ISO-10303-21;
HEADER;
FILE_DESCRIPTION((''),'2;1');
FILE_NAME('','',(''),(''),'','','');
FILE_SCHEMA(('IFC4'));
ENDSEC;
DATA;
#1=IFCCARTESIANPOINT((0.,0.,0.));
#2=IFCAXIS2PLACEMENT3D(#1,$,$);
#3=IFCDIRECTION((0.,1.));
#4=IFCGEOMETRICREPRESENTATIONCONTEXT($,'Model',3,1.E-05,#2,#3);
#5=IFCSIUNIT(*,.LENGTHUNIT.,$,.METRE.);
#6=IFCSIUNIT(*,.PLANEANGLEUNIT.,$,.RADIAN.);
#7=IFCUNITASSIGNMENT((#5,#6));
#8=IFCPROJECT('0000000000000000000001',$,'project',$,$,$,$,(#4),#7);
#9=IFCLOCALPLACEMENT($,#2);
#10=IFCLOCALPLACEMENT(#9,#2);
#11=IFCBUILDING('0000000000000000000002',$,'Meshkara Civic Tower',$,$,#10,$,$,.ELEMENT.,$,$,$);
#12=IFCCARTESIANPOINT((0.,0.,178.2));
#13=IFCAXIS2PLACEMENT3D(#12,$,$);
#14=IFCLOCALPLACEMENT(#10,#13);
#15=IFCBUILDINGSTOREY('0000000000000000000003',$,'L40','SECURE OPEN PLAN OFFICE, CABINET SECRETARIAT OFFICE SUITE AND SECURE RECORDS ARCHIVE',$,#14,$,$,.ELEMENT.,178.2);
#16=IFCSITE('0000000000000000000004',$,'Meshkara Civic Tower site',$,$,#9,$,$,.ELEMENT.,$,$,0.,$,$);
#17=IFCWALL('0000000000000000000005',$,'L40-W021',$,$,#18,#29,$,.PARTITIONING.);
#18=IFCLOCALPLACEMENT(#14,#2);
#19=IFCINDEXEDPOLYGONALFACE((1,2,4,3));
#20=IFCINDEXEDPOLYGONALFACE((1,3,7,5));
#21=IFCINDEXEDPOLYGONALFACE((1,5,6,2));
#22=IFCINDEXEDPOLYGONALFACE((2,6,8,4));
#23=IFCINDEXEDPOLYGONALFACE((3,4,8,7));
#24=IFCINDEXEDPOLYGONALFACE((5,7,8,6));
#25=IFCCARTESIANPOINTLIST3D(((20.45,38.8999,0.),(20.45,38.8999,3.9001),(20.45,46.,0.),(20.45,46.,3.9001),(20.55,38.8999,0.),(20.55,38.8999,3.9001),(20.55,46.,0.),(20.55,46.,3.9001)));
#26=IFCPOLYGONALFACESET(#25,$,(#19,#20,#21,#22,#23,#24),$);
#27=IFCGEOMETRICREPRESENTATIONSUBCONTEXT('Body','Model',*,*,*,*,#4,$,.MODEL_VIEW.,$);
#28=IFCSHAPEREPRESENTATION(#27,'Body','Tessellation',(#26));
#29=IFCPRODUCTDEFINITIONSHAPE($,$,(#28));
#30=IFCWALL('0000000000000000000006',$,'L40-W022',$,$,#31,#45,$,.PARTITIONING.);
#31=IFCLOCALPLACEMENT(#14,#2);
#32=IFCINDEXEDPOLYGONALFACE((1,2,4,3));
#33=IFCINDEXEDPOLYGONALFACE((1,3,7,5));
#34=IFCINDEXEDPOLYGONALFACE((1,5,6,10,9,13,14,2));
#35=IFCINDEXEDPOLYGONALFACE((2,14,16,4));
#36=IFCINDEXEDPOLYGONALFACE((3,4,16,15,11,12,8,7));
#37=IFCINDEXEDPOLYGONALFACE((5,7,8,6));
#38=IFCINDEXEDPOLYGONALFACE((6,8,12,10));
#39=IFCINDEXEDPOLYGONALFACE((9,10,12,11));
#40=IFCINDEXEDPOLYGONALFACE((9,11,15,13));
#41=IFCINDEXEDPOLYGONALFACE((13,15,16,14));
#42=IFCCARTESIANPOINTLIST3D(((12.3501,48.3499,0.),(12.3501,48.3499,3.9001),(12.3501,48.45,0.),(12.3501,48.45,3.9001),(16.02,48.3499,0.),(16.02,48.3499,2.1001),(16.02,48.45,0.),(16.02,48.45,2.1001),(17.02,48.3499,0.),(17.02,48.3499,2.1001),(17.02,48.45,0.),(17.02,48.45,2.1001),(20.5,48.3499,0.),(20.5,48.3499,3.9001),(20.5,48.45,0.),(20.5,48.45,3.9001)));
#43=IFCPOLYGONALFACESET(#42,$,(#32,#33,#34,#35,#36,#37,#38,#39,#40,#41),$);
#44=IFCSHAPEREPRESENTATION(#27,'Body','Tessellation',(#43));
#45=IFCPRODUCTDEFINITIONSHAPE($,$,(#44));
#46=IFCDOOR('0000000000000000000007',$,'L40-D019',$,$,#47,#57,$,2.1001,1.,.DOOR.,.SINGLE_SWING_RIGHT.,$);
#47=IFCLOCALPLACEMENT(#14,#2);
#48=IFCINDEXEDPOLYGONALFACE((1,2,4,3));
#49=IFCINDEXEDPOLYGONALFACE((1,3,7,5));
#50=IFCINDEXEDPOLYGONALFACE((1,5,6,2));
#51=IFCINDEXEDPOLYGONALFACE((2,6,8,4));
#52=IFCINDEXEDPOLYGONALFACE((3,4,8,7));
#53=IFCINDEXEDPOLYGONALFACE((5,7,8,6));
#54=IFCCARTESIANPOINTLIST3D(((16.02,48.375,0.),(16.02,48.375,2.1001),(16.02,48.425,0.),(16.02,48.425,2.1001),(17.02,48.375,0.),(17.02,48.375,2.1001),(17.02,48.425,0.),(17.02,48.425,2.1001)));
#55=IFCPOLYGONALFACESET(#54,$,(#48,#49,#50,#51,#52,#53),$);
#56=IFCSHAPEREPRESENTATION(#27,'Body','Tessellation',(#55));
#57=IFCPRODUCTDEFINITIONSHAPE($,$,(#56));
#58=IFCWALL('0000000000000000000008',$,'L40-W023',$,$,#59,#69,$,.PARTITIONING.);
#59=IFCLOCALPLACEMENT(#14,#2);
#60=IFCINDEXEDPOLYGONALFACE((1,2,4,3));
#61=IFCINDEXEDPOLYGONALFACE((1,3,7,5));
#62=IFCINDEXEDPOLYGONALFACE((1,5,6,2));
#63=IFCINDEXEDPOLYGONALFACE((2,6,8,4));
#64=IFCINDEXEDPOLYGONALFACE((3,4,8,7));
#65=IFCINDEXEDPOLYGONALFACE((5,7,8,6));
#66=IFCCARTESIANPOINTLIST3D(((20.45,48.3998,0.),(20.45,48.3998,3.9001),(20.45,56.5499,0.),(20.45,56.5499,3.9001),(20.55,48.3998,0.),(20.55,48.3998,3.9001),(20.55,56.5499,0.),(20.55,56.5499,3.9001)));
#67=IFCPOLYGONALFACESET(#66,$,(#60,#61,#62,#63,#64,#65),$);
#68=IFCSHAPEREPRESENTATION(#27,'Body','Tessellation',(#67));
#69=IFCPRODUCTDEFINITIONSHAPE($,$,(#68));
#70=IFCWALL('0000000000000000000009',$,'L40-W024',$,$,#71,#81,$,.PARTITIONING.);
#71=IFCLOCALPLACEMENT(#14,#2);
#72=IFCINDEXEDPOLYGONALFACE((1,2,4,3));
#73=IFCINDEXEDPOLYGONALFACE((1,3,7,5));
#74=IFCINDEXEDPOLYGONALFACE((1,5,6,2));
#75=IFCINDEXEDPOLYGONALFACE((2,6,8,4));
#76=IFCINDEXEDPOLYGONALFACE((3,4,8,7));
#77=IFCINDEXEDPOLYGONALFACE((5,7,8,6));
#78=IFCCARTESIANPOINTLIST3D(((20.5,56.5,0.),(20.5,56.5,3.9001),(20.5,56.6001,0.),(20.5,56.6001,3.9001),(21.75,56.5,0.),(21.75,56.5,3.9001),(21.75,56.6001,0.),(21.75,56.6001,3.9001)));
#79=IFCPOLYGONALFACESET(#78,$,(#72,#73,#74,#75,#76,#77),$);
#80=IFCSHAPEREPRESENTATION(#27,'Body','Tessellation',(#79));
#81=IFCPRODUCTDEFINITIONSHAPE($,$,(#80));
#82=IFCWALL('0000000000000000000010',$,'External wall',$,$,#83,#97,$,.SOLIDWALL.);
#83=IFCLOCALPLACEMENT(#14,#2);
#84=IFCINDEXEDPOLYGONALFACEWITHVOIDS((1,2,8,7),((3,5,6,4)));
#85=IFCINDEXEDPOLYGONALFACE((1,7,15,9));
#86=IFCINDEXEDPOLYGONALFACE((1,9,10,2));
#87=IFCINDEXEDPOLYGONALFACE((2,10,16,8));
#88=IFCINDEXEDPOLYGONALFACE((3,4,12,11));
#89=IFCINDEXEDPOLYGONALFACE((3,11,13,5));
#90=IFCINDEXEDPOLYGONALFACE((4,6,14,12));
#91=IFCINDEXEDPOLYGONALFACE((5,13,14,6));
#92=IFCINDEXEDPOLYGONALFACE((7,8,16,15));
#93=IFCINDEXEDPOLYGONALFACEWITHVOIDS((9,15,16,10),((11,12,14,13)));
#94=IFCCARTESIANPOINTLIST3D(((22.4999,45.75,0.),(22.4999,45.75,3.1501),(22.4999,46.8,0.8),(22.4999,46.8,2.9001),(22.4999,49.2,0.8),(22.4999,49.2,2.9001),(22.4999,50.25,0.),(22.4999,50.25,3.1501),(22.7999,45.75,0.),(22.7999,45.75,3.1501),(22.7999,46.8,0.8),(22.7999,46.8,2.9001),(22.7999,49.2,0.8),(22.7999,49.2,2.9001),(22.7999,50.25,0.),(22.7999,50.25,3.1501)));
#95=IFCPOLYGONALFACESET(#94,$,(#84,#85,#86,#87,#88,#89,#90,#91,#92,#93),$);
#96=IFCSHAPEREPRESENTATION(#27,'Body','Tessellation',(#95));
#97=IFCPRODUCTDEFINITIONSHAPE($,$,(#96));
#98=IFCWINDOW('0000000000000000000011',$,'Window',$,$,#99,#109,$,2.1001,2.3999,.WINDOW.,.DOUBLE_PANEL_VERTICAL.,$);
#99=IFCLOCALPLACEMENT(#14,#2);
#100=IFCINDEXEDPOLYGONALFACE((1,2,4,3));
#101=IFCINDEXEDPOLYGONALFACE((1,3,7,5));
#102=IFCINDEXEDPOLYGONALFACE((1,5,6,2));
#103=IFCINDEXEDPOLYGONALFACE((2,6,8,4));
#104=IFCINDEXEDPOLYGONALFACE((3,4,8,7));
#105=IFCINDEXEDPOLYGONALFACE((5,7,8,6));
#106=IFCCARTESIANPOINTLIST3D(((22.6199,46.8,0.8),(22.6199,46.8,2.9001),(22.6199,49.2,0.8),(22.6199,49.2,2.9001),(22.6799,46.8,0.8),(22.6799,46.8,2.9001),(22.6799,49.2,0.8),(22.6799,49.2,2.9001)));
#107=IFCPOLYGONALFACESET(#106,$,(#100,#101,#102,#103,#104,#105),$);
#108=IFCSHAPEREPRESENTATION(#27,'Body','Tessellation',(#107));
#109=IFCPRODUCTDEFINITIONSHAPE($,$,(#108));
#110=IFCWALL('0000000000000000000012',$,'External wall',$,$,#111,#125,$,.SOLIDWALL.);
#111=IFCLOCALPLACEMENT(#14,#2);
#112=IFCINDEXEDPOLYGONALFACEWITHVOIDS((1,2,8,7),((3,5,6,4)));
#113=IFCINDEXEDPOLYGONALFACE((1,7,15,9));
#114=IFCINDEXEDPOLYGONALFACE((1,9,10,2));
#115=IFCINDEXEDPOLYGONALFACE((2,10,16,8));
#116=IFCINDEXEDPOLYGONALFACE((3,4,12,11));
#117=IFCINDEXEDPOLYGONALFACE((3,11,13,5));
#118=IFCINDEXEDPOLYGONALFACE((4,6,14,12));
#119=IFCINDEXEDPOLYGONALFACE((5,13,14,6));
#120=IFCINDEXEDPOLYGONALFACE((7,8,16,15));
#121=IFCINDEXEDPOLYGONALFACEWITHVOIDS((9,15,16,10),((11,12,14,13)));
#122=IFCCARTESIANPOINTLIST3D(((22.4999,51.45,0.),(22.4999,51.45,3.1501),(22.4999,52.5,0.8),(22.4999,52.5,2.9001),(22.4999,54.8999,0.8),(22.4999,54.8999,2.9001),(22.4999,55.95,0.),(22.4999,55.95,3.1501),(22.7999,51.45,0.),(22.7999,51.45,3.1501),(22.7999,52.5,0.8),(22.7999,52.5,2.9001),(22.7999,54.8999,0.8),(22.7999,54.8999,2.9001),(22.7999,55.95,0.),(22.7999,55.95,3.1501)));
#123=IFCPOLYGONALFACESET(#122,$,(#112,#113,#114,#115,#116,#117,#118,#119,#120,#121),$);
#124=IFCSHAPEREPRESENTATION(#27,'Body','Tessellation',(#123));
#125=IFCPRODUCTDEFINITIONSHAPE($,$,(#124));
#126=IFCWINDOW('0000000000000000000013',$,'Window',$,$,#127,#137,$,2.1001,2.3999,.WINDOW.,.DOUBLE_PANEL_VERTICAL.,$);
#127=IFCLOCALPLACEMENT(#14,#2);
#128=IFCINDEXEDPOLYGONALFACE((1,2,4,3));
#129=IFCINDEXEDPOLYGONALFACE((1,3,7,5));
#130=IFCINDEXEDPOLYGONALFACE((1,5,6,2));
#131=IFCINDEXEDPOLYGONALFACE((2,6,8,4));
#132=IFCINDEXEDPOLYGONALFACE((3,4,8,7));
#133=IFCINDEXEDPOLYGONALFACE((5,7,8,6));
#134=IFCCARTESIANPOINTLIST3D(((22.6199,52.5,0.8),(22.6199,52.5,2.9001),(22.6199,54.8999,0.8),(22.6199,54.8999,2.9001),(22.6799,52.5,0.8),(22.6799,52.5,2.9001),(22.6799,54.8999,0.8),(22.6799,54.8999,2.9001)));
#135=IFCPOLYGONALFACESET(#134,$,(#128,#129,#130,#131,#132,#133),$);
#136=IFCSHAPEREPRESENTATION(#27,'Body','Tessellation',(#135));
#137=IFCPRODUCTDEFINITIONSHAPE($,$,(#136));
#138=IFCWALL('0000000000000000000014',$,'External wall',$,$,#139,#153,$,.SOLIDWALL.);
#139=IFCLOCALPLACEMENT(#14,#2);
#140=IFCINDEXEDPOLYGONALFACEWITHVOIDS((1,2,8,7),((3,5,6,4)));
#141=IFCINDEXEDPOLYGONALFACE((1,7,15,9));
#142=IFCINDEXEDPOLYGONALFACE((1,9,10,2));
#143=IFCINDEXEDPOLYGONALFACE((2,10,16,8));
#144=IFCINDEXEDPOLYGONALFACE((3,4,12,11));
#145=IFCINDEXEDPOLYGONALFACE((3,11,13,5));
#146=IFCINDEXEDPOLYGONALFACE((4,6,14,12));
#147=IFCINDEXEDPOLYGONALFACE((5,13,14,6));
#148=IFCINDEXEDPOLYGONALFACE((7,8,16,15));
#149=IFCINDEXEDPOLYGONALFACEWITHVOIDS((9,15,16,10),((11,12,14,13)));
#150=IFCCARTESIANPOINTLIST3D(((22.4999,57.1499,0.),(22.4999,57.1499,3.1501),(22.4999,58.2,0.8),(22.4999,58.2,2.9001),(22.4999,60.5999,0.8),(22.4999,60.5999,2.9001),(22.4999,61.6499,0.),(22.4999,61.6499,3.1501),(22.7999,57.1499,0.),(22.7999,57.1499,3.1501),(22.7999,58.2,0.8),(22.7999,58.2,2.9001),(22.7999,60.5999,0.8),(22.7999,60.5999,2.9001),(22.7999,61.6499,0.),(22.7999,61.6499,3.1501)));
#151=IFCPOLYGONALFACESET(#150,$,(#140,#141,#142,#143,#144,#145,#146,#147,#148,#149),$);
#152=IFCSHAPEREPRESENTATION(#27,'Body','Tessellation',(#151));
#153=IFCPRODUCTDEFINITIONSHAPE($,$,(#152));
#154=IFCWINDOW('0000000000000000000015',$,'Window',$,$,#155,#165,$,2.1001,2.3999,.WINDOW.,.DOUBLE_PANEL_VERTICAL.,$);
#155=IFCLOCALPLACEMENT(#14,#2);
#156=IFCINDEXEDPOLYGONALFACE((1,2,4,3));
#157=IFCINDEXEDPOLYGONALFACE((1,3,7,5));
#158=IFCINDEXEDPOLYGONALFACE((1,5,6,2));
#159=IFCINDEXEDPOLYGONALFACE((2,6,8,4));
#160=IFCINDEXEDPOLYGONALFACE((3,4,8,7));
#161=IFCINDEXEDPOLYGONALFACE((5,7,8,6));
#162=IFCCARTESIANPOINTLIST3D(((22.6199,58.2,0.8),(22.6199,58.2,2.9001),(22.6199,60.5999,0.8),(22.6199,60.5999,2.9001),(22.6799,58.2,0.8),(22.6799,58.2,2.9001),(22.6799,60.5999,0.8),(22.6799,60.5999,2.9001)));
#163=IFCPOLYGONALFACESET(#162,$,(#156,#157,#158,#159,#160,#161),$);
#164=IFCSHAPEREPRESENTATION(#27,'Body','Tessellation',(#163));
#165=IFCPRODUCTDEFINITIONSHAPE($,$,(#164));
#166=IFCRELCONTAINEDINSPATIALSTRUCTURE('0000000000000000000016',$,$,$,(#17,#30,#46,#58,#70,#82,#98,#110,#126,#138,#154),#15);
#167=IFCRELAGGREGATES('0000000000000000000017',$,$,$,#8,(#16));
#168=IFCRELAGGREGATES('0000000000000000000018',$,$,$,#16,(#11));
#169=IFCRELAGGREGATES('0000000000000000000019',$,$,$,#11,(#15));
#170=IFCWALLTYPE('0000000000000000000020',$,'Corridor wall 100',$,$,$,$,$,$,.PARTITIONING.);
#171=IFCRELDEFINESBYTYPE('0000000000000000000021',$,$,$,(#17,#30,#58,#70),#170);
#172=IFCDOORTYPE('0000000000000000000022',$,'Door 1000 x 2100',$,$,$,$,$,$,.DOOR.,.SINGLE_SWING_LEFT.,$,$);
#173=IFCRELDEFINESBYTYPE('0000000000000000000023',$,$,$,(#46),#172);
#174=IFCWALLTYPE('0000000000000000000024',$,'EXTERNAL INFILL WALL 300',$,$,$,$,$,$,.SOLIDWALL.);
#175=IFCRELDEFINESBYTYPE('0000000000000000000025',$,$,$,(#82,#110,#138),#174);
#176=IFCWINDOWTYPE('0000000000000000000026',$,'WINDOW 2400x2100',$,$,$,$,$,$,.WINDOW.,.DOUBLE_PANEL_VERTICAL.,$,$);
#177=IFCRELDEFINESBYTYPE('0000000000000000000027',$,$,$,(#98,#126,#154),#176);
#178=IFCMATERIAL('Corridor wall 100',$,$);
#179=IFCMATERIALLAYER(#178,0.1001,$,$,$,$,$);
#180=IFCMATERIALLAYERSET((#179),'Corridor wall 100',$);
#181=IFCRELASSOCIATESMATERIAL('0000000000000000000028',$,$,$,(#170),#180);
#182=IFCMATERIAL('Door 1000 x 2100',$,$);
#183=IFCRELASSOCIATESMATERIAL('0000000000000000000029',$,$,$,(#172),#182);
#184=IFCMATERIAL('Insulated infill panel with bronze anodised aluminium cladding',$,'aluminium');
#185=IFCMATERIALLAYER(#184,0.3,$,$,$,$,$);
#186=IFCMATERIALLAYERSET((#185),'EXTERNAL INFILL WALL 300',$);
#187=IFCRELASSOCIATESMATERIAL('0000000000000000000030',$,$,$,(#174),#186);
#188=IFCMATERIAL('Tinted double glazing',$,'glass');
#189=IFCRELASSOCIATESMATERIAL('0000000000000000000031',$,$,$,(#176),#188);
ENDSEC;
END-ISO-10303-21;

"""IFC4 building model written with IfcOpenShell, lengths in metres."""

from ifc_helpers import new_model, si_unit, direction, frame, frame_2d, origin, place, context, subcontext, project, spatial, rectangle, extrude, material, layer, layer_set, type_object, element, fill, save


model = new_model("IFC4")

# Units and contexts
model_context = context("Model", 3, precision=1e-05, world=origin(), true_north=direction((0.0, 1.0)))
body_context = subcontext(model_context, "Body", "Model", "MODEL_VIEW")
ifc_project = project(units=[si_unit("LENGTHUNIT", "METRE"), si_unit("PLANEANGLEUNIT", "RADIAN")], contexts=[model_context])

# Site, building, storey
site_placement = place(None, origin())
site = spatial("IfcSite", under=ifc_project, at=site_placement, Name="Meshkara Civic Tower site", CompositionType="ELEMENT", RefElevation=0.0)
building_placement = place(site_placement, origin())
building = spatial("IfcBuilding", under=site, at=building_placement, Name="Meshkara Civic Tower", CompositionType="ELEMENT")
storey_placement = place(building_placement, frame((0.0, 0.0, 178.2)))
storey = spatial("IfcBuildingStorey", under=building, at=storey_placement, Name="L40", Description="SECURE OPEN PLAN OFFICE, CABINET SECRETARIAT OFFICE SUITE AND SECURE RECORDS ARCHIVE", CompositionType="ELEMENT", Elevation=178.2)

# Shared definitions
ifc_material_1 = material(Name="Corridor wall 100")
ifc_layer_1 = layer(ifc_material_1, 0.1001)
ifc_layer_set_1 = layer_set([ifc_layer_1], Name="Corridor wall 100")
wall_type_1 = type_object("IfcWallType", Name="Corridor wall 100", PredefinedType="PARTITIONING", material=ifc_layer_set_1)

# Shared definitions
ifc_material_2 = material(Name="Door 1000 x 2100")
door_type = type_object("IfcDoorType", Name="Door 1000 x 2100", OperationType="SINGLE_SWING_LEFT", PredefinedType="DOOR", material=ifc_material_2)

# Wall
wall_1_placement = place(storey_placement, frame((20.5, 46.0, 0.0), z_axis=(0.0, 0.0, 1.0), x_axis=(0.0, -1.0, 0.0)))
element("IfcWall", 1, at=wall_1_placement, inside=storey, type_object=wall_type_1, Name="L40-W021", PredefinedType="PARTITIONING", context=body_context, shape_type="SweptSolid", body=[
    extrude(rectangle(XDim=7.1001, YDim=0.1001, at=frame_2d((3.55, 0.0))), origin(), (0.0, 0.0, 1.0), 3.9001),
])

# Wall, opening, door
wall_2_placement = place(storey_placement, frame((20.5, 48.3999, 0.0), z_axis=(0.0, 0.0, 1.0), x_axis=(-1.0, 0.0, 0.0)))
wall_2 = element("IfcWall", 2, at=wall_2_placement, inside=storey, type_object=wall_type_1, Name="L40-W022", PredefinedType="PARTITIONING", context=body_context, shape_type="SweptSolid", body=[
    extrude(rectangle(XDim=8.1499, YDim=0.1001, at=frame_2d((4.075, 0.0))), origin(), (0.0, 0.0, 1.0), 3.9001),
])
opening_1_placement = place(wall_2_placement, frame((3.48, 0.0, 0.0)))
opening_1 = element("IfcOpeningElement", 3, at=opening_1_placement, cuts=wall_2, PredefinedType="OPENING", context=body_context, shape_type="SweptSolid", body=[
    extrude(rectangle(XDim=1.0, YDim=2.1001, at=frame_2d((0.5, 1.05))), frame((0.0, 0.0601, 0.0), z_axis=(0.0, -1.0, 0.0), x_axis=(1.0, 0.0, 0.0)), (0.0, 0.0, 1.0), 0.1201),
])
door_1_placement = place(opening_1_placement, origin())
door_1 = element("IfcDoor", 4, at=door_1_placement, inside=storey, type_object=door_type, Name="L40-D019", OperationType="SINGLE_SWING_RIGHT", OverallHeight=2.1001, OverallWidth=1.0, PredefinedType="DOOR", context=body_context, shape_type="SweptSolid", body=[
    extrude(rectangle(XDim=1.0, YDim=2.1001, at=frame_2d((0.5, 1.05))), frame((0.0, 0.0249, 0.0), z_axis=(0.0, -1.0, 0.0), x_axis=(1.0, 0.0, 0.0)), (0.0, 0.0, 1.0), 0.05),
])
fill(opening_1, door_1)

# Walls
wall_3_placement = place(storey_placement, frame((20.5, 56.55, 0.0), z_axis=(0.0, 0.0, 1.0), x_axis=(0.0, -1.0, 0.0)))
element("IfcWall", 5, at=wall_3_placement, inside=storey, type_object=wall_type_1, Name="L40-W023", PredefinedType="PARTITIONING", context=body_context, shape_type="SweptSolid", body=[
    extrude(rectangle(XDim=8.1501, YDim=0.1001, at=frame_2d((4.0752, 0.0))), origin(), (0.0, 0.0, 1.0), 3.9001),
])
wall_4_placement = place(storey_placement, frame((21.75, 56.55, 0.0), z_axis=(0.0, 0.0, 1.0), x_axis=(-1.0, 0.0, 0.0)))
element("IfcWall", 6, at=wall_4_placement, inside=storey, type_object=wall_type_1, Name="L40-W024", PredefinedType="PARTITIONING", context=body_context, shape_type="SweptSolid", body=[
    extrude(rectangle(XDim=1.25, YDim=0.1001, at=frame_2d((0.625, 0.0))), origin(), (0.0, 0.0, 1.0), 3.9001),
])

# Walls, openings, windows
ifc_material_3 = material(Name="Insulated infill panel with bronze anodised aluminium cladding", Category="aluminium")
ifc_layer_2 = layer(ifc_material_3, 0.3)
ifc_layer_set_2 = layer_set([ifc_layer_2], Name="EXTERNAL INFILL WALL 300")
wall_type_2 = type_object("IfcWallType", Name="EXTERNAL INFILL WALL 300", PredefinedType="SOLIDWALL", material=ifc_layer_set_2)
wall_5_placement = place(storey_placement, frame((22.6499, 45.75, 0.0), z_axis=(0.0, 0.0, 1.0), x_axis=(0.0, 1.0, 0.0)))
wall_5 = element("IfcWall", 7, at=wall_5_placement, inside=storey, type_object=wall_type_2, Name="External wall", PredefinedType="SOLIDWALL", context=body_context, shape_type="SweptSolid", body=[
    extrude(rectangle(XDim=4.5, YDim=0.3, at=frame_2d((2.25, 0.0))), origin(), (0.0, 0.0, 1.0), 3.1501),
])
opening_2_placement = place(wall_5_placement, frame((1.05, 0.0, 0.8)))
opening_2 = element("IfcOpeningElement", 8, at=opening_2_placement, cuts=wall_5, PredefinedType="OPENING", context=body_context, shape_type="SweptSolid", body=[
    extrude(rectangle(XDim=2.3999, YDim=2.1001, at=frame_2d((1.2, 1.05))), frame((0.0, 0.1599, 0.0), z_axis=(0.0, -1.0, 0.0), x_axis=(1.0, 0.0, 0.0)), (0.0, 0.0, 1.0), 0.3201),
])
ifc_material_4 = material(Name="Tinted double glazing", Category="glass")
window_type = type_object("IfcWindowType", Name="WINDOW 2400x2100", PartitioningType="DOUBLE_PANEL_VERTICAL", PredefinedType="WINDOW", material=ifc_material_4)
window_1_placement = place(opening_2_placement, origin())
window_1 = element("IfcWindow", 9, at=window_1_placement, inside=storey, type_object=window_type, Name="Window", OverallHeight=2.1001, OverallWidth=2.3999, PartitioningType="DOUBLE_PANEL_VERTICAL", PredefinedType="WINDOW", context=body_context, shape_type="SweptSolid", body=[
    extrude(rectangle(XDim=2.3999, YDim=2.1001, at=frame_2d((1.2, 1.05))), frame((0.0, 0.03, 0.0), z_axis=(0.0, -1.0, 0.0), x_axis=(1.0, 0.0, 0.0)), (0.0, 0.0, 1.0), 0.0601),
])
fill(opening_2, window_1)
wall_6_placement = place(storey_placement, frame((22.6499, 51.45, 0.0), z_axis=(0.0, 0.0, 1.0), x_axis=(0.0, 1.0, 0.0)))
wall_6 = element("IfcWall", 10, at=wall_6_placement, inside=storey, type_object=wall_type_2, Name="External wall", PredefinedType="SOLIDWALL", context=body_context, shape_type="SweptSolid", body=[
    extrude(rectangle(XDim=4.5, YDim=0.3, at=frame_2d((2.25, 0.0))), origin(), (0.0, 0.0, 1.0), 3.1501),
])
opening_3_placement = place(wall_6_placement, frame((1.05, 0.0, 0.8)))
opening_3 = element("IfcOpeningElement", 11, at=opening_3_placement, cuts=wall_6, PredefinedType="OPENING", context=body_context, shape_type="SweptSolid", body=[
    extrude(rectangle(XDim=2.3999, YDim=2.1001, at=frame_2d((1.2, 1.05))), frame((0.0, 0.1599, 0.0), z_axis=(0.0, -1.0, 0.0), x_axis=(1.0, 0.0, 0.0)), (0.0, 0.0, 1.0), 0.3201),
])
window_2_placement = place(opening_3_placement, origin())
window_2 = element("IfcWindow", 12, at=window_2_placement, inside=storey, type_object=window_type, Name="Window", OverallHeight=2.1001, OverallWidth=2.3999, PartitioningType="DOUBLE_PANEL_VERTICAL", PredefinedType="WINDOW", context=body_context, shape_type="SweptSolid", body=[
    extrude(rectangle(XDim=2.3999, YDim=2.1001, at=frame_2d((1.2, 1.05))), frame((0.0, 0.03, 0.0), z_axis=(0.0, -1.0, 0.0), x_axis=(1.0, 0.0, 0.0)), (0.0, 0.0, 1.0), 0.0601),
])
fill(opening_3, window_2)
wall_7_placement = place(storey_placement, frame((22.6499, 57.1499, 0.0), z_axis=(0.0, 0.0, 1.0), x_axis=(0.0, 1.0, 0.0)))
wall_7 = element("IfcWall", 13, at=wall_7_placement, inside=storey, type_object=wall_type_2, Name="External wall", PredefinedType="SOLIDWALL", context=body_context, shape_type="SweptSolid", body=[
    extrude(rectangle(XDim=4.5, YDim=0.3, at=frame_2d((2.25, 0.0))), origin(), (0.0, 0.0, 1.0), 3.1501),
])
opening_4_placement = place(wall_7_placement, frame((1.05, 0.0, 0.8)))
opening_4 = element("IfcOpeningElement", 14, at=opening_4_placement, cuts=wall_7, PredefinedType="OPENING", context=body_context, shape_type="SweptSolid", body=[
    extrude(rectangle(XDim=2.3999, YDim=2.1001, at=frame_2d((1.2, 1.05))), frame((0.0, 0.1599, 0.0), z_axis=(0.0, -1.0, 0.0), x_axis=(1.0, 0.0, 0.0)), (0.0, 0.0, 1.0), 0.3201),
])
window_3_placement = place(opening_4_placement, origin())
window_3 = element("IfcWindow", 15, at=window_3_placement, inside=storey, type_object=window_type, Name="Window", OverallHeight=2.1001, OverallWidth=2.3999, PartitioningType="DOUBLE_PANEL_VERTICAL", PredefinedType="WINDOW", context=body_context, shape_type="SweptSolid", body=[
    extrude(rectangle(XDim=2.3999, YDim=2.1001, at=frame_2d((1.2, 1.05))), frame((0.0, 0.03, 0.0), z_axis=(0.0, -1.0, 0.0), x_axis=(1.0, 0.0, 0.0)), (0.0, 0.0, 1.0), 0.0601),
])
fill(opening_4, window_3)

save(model, "model.ifc")
